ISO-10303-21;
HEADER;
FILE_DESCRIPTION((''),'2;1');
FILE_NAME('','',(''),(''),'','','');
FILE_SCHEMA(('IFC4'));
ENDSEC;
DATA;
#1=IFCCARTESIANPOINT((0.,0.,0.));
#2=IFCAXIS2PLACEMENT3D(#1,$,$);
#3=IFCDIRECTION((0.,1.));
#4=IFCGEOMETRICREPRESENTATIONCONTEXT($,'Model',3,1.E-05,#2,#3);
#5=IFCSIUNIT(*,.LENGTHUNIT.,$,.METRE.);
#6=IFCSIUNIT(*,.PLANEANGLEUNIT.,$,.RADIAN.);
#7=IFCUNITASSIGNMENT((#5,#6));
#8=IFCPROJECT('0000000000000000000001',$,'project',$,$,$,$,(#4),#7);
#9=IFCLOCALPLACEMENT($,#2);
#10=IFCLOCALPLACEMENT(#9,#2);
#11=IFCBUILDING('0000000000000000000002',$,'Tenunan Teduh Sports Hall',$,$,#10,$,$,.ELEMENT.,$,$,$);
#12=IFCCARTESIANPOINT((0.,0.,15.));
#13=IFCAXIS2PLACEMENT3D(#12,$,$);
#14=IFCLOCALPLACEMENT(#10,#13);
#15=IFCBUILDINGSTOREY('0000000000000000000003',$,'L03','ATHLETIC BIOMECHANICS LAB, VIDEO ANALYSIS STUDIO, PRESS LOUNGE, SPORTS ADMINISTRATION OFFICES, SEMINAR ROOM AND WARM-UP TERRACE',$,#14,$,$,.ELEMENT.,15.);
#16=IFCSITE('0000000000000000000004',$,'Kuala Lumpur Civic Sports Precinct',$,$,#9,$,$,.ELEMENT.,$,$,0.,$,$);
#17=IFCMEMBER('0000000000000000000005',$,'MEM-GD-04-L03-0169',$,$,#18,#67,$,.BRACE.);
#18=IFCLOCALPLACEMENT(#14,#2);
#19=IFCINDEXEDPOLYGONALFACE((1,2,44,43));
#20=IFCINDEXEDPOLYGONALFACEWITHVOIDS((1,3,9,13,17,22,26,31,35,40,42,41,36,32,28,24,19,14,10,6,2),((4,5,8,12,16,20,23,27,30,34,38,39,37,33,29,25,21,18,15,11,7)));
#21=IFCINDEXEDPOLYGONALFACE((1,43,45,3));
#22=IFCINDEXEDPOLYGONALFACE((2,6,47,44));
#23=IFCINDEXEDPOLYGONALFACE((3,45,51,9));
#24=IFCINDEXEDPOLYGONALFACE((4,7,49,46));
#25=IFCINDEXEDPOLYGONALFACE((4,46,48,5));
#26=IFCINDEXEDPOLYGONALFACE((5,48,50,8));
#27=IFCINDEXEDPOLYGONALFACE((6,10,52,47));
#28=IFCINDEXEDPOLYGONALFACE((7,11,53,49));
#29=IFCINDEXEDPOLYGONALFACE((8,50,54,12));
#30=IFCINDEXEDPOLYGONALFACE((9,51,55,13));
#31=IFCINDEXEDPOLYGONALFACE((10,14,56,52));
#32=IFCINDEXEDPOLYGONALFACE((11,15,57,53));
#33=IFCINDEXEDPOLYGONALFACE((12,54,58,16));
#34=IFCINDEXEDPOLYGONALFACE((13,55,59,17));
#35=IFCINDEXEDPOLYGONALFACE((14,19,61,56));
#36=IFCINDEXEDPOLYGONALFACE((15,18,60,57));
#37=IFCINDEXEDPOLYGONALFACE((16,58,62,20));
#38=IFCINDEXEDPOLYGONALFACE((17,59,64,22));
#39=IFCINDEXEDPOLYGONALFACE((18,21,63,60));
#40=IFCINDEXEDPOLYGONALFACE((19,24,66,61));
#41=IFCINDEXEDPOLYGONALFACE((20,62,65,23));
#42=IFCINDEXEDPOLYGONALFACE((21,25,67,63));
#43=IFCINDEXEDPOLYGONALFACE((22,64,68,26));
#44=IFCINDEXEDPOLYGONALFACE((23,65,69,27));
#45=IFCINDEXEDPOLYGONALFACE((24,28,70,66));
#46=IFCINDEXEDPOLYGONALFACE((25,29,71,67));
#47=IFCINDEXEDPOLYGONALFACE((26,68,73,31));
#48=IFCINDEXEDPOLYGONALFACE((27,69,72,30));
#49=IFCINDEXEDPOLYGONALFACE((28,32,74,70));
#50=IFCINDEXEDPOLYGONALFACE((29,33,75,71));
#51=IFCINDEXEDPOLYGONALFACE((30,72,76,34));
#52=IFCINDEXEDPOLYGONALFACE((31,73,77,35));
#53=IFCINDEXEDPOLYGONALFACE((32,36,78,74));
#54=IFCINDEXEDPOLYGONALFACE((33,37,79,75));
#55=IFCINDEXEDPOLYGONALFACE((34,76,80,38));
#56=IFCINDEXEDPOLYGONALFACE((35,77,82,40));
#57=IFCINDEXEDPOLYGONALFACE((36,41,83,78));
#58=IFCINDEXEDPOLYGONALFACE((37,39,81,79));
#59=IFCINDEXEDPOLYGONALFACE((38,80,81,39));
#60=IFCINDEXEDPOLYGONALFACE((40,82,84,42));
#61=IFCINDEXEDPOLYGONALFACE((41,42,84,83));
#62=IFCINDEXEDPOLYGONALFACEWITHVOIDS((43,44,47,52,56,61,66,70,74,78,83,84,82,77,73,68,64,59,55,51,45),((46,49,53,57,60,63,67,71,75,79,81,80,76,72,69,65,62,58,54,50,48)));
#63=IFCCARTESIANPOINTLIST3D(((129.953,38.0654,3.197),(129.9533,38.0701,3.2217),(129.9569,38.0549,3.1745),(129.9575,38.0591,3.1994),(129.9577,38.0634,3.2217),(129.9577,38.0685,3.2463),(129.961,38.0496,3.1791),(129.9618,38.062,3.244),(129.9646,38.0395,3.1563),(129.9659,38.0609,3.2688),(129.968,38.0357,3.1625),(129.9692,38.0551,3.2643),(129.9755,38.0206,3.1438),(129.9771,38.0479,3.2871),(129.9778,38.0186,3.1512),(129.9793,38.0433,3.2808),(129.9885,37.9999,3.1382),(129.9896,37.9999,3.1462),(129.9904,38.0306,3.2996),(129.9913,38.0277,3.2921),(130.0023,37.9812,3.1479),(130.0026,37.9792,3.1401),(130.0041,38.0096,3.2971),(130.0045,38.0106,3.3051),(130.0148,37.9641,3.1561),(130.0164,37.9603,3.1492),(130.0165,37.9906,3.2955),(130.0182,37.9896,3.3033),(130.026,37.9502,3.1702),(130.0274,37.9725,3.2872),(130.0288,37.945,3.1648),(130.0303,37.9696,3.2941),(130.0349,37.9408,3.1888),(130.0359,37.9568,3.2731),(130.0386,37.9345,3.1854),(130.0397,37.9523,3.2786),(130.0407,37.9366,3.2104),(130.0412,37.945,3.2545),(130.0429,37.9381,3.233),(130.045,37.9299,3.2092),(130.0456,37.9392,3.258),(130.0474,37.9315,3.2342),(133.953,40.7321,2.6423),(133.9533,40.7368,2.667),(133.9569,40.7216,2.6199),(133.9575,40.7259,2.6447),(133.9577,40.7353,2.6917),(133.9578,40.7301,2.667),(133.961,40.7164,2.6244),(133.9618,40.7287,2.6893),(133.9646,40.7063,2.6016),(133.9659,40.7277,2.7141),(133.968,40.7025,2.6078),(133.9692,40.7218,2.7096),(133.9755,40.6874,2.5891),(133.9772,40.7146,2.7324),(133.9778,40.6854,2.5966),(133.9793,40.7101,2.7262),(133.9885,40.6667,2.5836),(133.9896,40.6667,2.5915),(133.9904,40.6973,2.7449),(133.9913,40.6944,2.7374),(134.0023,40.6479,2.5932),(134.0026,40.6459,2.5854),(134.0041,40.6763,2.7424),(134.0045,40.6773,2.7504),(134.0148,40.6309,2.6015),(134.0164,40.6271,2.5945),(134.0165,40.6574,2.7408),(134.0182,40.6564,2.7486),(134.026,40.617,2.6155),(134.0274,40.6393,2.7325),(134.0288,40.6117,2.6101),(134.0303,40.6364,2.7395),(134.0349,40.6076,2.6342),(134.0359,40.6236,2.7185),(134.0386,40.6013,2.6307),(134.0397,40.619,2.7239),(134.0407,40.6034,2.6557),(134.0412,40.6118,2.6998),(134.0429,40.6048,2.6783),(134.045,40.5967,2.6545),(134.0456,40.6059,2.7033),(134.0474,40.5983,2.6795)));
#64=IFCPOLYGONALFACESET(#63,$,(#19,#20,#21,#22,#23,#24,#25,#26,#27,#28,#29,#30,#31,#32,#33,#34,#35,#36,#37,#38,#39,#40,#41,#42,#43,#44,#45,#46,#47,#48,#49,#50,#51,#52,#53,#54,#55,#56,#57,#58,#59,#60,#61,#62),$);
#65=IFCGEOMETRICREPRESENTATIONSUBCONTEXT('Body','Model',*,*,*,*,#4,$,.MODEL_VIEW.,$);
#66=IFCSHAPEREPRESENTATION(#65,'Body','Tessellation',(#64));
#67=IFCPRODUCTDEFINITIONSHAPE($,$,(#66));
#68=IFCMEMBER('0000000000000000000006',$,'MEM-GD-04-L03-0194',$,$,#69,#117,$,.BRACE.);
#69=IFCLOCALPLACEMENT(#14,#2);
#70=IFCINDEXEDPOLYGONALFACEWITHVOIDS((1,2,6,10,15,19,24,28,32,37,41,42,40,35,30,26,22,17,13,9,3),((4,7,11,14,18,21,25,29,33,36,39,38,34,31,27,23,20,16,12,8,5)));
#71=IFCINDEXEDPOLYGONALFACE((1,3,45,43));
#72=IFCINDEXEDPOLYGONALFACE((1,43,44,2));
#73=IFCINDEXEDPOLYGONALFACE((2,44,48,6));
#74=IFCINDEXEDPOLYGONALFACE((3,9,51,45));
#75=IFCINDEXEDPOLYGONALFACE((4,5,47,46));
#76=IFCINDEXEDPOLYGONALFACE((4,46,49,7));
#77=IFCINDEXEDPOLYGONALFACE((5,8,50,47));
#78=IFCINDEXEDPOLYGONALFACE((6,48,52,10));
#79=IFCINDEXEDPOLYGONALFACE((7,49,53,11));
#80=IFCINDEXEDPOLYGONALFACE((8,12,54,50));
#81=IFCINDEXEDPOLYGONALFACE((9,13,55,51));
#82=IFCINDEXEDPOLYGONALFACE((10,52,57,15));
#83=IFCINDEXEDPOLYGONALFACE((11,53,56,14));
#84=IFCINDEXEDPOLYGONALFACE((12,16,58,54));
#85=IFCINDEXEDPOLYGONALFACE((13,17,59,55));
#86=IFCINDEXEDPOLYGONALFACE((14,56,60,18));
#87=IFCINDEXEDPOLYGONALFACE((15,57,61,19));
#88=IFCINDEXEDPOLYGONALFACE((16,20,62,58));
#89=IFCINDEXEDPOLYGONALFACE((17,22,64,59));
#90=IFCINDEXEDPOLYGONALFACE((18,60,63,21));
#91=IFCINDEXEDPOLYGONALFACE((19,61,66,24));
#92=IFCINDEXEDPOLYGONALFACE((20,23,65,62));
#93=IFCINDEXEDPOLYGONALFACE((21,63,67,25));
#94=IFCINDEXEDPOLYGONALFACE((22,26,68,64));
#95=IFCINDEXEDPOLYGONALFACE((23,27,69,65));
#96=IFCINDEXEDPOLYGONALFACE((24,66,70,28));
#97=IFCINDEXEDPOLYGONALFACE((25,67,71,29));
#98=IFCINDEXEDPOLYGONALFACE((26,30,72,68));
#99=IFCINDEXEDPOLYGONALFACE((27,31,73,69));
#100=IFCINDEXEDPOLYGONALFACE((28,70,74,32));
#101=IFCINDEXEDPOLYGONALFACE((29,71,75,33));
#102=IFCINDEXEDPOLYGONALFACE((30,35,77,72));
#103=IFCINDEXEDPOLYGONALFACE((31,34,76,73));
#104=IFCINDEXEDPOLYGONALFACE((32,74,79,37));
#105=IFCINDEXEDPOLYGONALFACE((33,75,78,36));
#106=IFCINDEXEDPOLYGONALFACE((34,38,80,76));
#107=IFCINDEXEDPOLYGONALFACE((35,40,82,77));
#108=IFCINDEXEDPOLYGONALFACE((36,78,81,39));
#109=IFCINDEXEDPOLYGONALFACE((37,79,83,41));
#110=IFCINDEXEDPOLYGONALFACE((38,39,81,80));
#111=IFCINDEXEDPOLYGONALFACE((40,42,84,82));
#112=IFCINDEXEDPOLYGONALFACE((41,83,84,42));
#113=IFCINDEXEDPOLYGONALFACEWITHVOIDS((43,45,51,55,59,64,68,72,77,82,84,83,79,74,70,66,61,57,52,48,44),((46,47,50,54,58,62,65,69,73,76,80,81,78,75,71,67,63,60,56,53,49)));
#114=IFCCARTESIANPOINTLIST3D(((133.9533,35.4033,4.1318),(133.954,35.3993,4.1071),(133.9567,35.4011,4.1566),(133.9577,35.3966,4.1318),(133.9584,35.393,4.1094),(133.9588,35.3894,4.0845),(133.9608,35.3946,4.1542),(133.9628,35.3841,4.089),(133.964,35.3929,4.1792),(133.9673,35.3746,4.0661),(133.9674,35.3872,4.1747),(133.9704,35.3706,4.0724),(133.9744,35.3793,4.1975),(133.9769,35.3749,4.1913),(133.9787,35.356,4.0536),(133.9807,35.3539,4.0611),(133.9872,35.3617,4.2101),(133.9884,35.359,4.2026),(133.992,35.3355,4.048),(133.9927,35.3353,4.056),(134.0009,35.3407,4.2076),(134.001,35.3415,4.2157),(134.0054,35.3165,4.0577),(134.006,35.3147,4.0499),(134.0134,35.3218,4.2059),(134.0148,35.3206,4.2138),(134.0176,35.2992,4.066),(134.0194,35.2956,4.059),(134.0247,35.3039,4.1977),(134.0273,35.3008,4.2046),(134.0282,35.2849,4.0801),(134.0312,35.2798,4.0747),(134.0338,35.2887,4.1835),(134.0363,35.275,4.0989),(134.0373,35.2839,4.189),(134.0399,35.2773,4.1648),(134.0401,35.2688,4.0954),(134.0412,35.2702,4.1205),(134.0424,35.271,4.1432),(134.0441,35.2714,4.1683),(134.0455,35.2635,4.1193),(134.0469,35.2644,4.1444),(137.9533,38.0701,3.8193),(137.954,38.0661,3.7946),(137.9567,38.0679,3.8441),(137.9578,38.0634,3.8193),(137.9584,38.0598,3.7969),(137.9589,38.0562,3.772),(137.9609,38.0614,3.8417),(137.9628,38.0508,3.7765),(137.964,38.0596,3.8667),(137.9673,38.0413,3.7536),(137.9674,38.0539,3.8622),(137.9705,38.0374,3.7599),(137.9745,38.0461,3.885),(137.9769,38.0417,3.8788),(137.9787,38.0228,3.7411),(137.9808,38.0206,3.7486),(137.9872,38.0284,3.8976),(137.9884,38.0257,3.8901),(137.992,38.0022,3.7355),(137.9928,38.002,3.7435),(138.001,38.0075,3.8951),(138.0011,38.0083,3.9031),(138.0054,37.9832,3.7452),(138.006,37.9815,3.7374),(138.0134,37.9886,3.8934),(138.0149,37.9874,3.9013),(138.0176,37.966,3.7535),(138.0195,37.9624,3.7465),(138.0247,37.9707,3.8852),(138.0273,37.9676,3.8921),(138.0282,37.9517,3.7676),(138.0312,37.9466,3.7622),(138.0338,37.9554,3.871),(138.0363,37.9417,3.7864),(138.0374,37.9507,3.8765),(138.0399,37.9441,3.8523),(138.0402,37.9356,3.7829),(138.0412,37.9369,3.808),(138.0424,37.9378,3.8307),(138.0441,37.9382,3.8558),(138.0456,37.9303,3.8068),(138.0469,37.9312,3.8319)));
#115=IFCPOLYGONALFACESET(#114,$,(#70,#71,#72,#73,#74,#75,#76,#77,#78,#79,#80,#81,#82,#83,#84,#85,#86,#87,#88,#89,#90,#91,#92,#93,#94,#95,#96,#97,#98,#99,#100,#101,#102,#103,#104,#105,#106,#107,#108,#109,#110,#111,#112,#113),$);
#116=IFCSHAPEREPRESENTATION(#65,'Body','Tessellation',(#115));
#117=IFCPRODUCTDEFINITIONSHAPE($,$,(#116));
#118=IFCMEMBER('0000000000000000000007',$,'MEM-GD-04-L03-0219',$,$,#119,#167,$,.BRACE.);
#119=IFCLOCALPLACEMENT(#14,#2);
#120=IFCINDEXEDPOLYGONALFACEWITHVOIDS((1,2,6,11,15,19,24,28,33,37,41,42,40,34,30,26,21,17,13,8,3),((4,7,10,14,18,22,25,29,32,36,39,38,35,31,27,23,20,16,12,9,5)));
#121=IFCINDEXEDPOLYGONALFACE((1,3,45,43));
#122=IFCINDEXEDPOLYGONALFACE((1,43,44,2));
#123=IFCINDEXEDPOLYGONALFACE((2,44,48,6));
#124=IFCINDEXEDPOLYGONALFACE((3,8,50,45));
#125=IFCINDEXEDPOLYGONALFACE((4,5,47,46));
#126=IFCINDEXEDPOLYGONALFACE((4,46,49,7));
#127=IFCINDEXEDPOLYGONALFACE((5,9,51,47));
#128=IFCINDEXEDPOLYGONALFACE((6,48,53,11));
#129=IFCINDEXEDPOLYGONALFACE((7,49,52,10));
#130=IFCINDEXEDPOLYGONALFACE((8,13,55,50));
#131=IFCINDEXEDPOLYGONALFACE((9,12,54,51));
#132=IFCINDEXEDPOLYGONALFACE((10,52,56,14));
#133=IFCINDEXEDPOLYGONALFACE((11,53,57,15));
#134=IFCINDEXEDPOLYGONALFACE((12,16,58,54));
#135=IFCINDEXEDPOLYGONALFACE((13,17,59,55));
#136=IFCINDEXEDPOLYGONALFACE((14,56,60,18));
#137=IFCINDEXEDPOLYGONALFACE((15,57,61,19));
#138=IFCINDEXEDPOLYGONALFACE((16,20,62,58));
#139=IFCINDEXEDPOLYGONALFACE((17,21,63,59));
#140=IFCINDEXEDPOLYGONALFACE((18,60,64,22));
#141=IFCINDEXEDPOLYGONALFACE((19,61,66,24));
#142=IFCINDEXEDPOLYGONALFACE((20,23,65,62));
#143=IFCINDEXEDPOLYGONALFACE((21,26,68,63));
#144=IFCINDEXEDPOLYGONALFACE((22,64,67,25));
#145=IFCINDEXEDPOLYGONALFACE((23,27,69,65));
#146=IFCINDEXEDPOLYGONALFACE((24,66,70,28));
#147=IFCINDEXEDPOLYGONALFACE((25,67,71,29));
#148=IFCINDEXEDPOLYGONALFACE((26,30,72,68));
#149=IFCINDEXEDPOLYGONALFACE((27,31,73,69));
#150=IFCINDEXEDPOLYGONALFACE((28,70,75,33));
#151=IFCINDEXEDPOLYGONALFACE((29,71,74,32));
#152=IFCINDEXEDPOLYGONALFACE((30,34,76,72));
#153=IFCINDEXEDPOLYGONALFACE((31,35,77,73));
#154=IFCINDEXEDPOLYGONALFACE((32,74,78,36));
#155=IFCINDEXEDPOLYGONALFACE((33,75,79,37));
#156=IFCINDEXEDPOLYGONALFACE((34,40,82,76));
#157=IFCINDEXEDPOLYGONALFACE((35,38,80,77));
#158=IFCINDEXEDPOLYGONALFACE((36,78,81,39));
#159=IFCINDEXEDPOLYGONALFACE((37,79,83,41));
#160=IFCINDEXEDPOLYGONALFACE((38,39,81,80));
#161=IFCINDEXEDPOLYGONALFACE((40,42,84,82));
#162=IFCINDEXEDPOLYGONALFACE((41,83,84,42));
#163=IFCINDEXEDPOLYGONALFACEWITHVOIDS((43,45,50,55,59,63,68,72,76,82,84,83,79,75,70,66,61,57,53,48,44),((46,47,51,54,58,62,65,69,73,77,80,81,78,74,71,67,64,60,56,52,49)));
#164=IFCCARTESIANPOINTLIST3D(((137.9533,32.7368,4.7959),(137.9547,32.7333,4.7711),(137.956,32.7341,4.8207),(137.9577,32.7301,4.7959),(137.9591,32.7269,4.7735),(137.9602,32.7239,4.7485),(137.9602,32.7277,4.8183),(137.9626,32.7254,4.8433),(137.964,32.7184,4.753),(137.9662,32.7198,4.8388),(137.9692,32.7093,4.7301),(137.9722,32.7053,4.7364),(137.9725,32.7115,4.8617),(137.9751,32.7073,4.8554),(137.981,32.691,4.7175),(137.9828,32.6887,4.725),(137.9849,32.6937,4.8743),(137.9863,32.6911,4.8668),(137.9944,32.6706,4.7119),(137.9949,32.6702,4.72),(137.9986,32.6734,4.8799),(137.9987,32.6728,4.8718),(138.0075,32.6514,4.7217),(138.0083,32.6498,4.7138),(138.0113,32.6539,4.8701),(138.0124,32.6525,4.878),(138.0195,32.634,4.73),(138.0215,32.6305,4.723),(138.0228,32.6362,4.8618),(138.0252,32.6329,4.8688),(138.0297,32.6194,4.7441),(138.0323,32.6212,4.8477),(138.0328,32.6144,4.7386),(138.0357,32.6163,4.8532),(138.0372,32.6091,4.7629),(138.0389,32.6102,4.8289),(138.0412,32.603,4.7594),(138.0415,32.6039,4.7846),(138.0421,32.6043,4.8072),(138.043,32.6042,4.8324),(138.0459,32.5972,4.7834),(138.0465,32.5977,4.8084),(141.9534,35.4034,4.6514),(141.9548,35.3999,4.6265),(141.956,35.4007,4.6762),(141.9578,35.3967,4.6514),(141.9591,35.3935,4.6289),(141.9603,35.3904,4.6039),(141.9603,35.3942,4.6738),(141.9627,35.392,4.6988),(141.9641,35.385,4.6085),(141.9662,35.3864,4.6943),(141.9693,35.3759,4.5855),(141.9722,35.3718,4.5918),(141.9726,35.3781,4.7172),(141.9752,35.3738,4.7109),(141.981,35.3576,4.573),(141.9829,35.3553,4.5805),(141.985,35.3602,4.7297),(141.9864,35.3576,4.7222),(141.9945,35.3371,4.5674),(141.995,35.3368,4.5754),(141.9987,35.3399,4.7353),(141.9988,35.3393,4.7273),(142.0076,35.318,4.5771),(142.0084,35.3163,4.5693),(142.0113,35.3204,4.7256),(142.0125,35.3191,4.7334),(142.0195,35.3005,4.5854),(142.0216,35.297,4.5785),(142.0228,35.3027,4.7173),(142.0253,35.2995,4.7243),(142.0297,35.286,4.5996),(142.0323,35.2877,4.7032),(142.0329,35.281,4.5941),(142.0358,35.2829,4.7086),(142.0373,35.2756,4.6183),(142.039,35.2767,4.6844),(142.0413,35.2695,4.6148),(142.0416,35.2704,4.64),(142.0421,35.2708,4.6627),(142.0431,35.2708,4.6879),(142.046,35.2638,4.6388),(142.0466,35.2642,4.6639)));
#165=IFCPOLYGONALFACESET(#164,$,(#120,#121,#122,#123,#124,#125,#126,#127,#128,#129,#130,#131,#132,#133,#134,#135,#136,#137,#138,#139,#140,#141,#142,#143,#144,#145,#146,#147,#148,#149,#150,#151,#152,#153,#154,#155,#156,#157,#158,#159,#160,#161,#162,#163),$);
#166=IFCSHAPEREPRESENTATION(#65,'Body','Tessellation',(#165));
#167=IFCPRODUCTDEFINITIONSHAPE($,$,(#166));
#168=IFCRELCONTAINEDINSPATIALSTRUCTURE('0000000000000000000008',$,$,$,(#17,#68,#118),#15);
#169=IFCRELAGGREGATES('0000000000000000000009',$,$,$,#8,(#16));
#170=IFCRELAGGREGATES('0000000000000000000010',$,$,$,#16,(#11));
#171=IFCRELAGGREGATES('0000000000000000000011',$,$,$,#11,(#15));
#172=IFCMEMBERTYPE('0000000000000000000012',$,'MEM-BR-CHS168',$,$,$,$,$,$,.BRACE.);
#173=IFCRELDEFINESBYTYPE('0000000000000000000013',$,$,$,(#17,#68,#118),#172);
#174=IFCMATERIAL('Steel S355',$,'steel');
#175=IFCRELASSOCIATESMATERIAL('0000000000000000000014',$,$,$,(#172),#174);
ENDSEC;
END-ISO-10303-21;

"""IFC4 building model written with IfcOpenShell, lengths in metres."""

from ifc_helpers import new_model, si_unit, direction, frame, origin, origin_2d, place, context, subcontext, project, spatial, hollow_circle, extrude, material, material_profile, profile_set, type_object, element, save


model = new_model("IFC4")

# Units and contexts
model_context = context("Model", 3, precision=1e-05, world=origin(), true_north=direction((0.0, 1.0)))
body_context = subcontext(model_context, "Body", "Model", "MODEL_VIEW")
ifc_project = project(units=[si_unit("LENGTHUNIT", "METRE"), si_unit("PLANEANGLEUNIT", "RADIAN")], contexts=[model_context])

# Site, building, storey
site_placement = place(None, origin())
site = spatial("IfcSite", under=ifc_project, at=site_placement, Name="Kuala Lumpur Civic Sports Precinct", CompositionType="ELEMENT", RefElevation=0.0)
building_placement = place(site_placement, origin())
building = spatial("IfcBuilding", under=site, at=building_placement, Name="Tenunan Teduh Sports Hall", CompositionType="ELEMENT")
storey_placement = place(building_placement, frame((0.0, 0.0, 15.0)))
storey = spatial("IfcBuildingStorey", under=building, at=storey_placement, Name="L03", Description="ATHLETIC BIOMECHANICS LAB, VIDEO ANALYSIS STUDIO, PRESS LOUNGE, SPORTS ADMINISTRATION OFFICES, SEMINAR ROOM AND WARM-UP TERRACE", CompositionType="ELEMENT", Elevation=15.0)

# Members
ifc_material_1 = material(Name="Steel S355", Category="steel")
ifc_material_profile_1 = material_profile(ifc_material_1, hollow_circle(Radius=0.0842, WallThickness=0.0081, at=origin_2d()), Name="CHS 168.3x8.0")
ifc_profile_set_1 = profile_set([ifc_material_profile_1], Name="Steel S355")
member_type_1 = type_object("IfcMemberType", Name="MEM-BR-CHS168", PredefinedType="BRACE", material=ifc_profile_set_1)
member_1_placement = place(storey_placement, frame((130.0, 38.0, 3.2217), z_axis=(0.826559, 0.551056, -0.11462), x_axis=(-0.554712, 0.832042, 0.0)))
element("IfcMember", 1, at=member_1_placement, inside=storey, type_object=member_type_1, Name="MEM-GD-04-L03-0169", PredefinedType="BRACE", context=body_context, shape_type="SweptSolid", body=[
    extrude(hollow_circle(Radius=0.0842, WallThickness=0.0081, at=origin_2d()), origin(), (0.0, 0.0, 1.0), 4.8394),
])
member_2_placement = place(storey_placement, frame((134.0, 35.3333, 4.1318), z_axis=(0.83029, 0.553544, -0.064866), x_axis=(-0.554712, 0.832042, 0.0)))
element("IfcMember", 2, at=member_2_placement, inside=storey, type_object=member_type_1, Name="MEM-GD-04-L03-0194", PredefinedType="BRACE", context=body_context, shape_type="SweptSolid", body=[
    extrude(hollow_circle(Radius=0.0842, WallThickness=0.0081, at=origin_2d()), origin(), (0.0, 0.0, 1.0), 4.8176),
])
member_3_placement = place(storey_placement, frame((138.0, 32.6667, 4.7959), z_axis=(0.83169, 0.554426, -0.030051), x_axis=(-0.554677, 0.832066, 0.0)))
element("IfcMember", 3, at=member_3_placement, inside=storey, type_object=member_type_1, Name="MEM-GD-04-L03-0219", PredefinedType="BRACE", context=body_context, shape_type="SweptSolid", body=[
    extrude(hollow_circle(Radius=0.0842, WallThickness=0.0081, at=origin_2d()), origin(), (0.0, 0.0, 1.0), 4.8096),
])

save(model, "model.ifc")
